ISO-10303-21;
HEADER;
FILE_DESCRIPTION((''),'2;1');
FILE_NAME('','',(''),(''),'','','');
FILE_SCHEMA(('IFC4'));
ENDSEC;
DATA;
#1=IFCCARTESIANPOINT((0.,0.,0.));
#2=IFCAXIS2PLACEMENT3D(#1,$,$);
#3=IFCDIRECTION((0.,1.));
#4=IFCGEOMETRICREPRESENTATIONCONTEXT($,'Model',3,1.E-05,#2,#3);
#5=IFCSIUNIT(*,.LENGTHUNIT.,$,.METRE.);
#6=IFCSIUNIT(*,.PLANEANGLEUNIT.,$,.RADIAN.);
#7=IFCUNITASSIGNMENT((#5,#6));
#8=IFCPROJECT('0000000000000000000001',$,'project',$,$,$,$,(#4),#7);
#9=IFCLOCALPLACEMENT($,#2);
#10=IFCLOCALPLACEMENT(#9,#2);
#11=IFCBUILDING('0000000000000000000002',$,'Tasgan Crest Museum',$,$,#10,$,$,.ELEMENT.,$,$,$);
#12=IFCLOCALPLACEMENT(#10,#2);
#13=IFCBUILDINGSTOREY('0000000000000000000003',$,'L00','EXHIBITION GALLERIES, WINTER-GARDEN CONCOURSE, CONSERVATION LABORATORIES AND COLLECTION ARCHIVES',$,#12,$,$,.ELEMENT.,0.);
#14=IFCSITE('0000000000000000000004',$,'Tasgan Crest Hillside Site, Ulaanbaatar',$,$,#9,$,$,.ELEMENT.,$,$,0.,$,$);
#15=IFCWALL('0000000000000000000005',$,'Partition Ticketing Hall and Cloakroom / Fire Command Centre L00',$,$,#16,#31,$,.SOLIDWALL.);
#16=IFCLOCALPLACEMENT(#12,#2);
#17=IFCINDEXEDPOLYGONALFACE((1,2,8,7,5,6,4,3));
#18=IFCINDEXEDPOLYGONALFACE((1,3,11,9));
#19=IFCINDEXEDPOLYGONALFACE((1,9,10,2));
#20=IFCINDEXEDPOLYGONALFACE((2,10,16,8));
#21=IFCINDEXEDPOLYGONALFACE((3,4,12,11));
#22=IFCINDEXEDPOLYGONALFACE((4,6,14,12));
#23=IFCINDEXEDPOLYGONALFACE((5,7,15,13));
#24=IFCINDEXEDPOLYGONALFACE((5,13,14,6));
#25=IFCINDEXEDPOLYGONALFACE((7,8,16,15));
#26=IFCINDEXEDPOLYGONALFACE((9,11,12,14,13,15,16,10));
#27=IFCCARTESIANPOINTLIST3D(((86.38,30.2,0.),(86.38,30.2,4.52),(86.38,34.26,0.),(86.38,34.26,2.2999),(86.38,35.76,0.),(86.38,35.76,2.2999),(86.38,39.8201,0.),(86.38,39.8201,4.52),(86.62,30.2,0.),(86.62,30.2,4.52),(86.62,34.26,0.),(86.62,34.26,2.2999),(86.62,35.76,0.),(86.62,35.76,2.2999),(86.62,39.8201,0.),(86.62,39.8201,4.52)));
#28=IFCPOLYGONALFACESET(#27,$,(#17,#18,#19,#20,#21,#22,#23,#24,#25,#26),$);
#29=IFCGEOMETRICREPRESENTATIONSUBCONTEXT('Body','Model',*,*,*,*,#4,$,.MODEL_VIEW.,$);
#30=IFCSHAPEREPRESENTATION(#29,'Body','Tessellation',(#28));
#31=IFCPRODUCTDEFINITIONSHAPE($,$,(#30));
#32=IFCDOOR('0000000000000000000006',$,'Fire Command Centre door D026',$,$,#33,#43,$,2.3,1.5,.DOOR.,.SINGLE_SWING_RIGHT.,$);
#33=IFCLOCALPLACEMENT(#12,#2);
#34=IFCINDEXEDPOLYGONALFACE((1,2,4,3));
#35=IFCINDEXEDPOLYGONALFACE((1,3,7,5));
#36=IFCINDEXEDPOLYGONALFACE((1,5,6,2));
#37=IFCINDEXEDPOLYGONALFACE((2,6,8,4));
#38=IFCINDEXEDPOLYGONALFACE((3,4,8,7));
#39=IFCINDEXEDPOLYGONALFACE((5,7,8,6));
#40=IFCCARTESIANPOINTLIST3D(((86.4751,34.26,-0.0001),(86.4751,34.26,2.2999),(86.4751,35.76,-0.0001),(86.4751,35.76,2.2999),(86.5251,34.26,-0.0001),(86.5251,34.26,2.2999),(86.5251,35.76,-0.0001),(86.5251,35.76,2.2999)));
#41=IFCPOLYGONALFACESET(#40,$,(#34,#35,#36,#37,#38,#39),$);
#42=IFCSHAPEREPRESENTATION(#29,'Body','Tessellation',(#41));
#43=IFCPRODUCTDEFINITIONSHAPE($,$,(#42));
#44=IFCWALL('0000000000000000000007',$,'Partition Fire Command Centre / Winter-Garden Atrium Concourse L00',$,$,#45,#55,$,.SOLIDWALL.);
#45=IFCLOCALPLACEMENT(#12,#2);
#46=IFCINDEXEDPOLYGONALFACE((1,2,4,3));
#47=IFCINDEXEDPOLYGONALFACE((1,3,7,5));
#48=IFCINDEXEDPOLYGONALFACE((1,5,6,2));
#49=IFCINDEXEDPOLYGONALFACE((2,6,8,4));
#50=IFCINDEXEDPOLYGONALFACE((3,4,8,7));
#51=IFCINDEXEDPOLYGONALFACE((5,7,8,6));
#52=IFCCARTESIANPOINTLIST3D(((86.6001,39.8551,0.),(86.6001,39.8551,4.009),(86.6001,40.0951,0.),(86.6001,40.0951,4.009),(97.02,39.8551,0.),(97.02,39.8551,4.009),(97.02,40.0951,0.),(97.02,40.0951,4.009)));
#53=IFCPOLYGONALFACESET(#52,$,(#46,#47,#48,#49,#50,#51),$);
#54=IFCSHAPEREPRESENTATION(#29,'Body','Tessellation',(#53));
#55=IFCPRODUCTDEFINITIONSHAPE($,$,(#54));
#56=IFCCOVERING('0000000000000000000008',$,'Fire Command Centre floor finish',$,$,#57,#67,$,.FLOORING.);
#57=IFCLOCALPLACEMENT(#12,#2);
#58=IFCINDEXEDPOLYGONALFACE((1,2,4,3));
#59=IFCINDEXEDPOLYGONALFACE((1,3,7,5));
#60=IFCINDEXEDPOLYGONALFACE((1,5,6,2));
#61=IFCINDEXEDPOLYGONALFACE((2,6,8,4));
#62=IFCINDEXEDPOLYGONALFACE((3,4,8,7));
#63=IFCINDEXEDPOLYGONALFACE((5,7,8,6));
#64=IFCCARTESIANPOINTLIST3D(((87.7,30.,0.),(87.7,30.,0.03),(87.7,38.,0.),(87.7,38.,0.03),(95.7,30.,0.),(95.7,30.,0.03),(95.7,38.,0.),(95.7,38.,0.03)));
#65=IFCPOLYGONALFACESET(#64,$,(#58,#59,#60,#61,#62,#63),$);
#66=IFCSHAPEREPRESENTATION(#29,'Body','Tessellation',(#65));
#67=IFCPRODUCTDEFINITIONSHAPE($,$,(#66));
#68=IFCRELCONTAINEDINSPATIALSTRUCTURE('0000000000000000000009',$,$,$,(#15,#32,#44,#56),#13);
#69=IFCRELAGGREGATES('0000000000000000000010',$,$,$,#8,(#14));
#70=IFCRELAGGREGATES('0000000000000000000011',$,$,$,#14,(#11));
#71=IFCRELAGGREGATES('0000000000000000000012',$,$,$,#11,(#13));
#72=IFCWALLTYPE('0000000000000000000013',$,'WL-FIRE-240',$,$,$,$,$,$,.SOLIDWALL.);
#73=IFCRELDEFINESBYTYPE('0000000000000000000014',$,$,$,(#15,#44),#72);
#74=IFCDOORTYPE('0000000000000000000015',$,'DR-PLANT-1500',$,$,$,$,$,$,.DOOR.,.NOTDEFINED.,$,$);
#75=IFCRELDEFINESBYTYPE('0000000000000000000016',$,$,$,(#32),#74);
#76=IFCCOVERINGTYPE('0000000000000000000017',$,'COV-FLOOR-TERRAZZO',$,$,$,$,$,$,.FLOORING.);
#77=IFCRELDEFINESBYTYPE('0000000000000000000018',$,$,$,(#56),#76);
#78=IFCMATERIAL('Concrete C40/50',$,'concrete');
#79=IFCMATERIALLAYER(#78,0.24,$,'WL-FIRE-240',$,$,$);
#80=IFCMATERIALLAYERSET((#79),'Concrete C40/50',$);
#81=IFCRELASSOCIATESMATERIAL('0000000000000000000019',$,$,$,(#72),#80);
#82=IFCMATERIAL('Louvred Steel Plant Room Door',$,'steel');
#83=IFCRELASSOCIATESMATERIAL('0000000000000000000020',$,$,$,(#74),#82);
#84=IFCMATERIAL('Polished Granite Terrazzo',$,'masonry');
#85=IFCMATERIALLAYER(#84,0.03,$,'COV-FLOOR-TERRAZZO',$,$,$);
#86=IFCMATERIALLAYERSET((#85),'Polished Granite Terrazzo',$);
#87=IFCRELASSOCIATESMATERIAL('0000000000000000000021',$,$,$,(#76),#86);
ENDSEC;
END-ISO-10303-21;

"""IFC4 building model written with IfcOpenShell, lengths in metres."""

from ifc_helpers import new_model, si_unit, direction, frame, frame_2d, origin, origin_2d, place, context, subcontext, project, spatial, rectangle, extrude, material, layer, layer_set, type_object, element, fill, save


model = new_model("IFC4")

# Units and contexts
model_context = context("Model", 3, precision=1e-05, world=origin(), true_north=direction((0.0, 1.0)))
body_context = subcontext(model_context, "Body", "Model", "MODEL_VIEW")
ifc_project = project(units=[si_unit("LENGTHUNIT", "METRE"), si_unit("PLANEANGLEUNIT", "RADIAN")], contexts=[model_context])

# Site, building, storey
site_placement = place(None, origin())
site = spatial("IfcSite", under=ifc_project, at=site_placement, Name="Tasgan Crest Hillside Site, Ulaanbaatar", CompositionType="ELEMENT", RefElevation=0.0)
building_placement = place(site_placement, origin())
building = spatial("IfcBuilding", under=site, at=building_placement, Name="Tasgan Crest Museum", CompositionType="ELEMENT")
storey_placement = place(building_placement, origin())
storey = spatial("IfcBuildingStorey", under=building, at=storey_placement, Name="L00", Description="EXHIBITION GALLERIES, WINTER-GARDEN CONCOURSE, CONSERVATION LABORATORIES AND COLLECTION ARCHIVES", CompositionType="ELEMENT", Elevation=0.0)

# Wall, opening, door
ifc_material_1 = material(Name="Concrete C40/50", Category="concrete")
ifc_layer_1 = layer(ifc_material_1, 0.24, Name="WL-FIRE-240")
ifc_layer_set_1 = layer_set([ifc_layer_1], Name="Concrete C40/50")
wall_type_1 = type_object("IfcWallType", Name="WL-FIRE-240", PredefinedType="SOLIDWALL", material=ifc_layer_set_1)
wall_1_placement = place(storey_placement, frame((86.5, 30.2, 0.0), z_axis=(0.0, 0.0, 1.0), x_axis=(0.0, 1.0, 0.0)))
wall_1 = element("IfcWall", 1, at=wall_1_placement, inside=storey, type_object=wall_type_1, Name="Partition Ticketing Hall and Cloakroom / Fire Command Centre L00", PredefinedType="SOLIDWALL", context=body_context, shape_type="SweptSolid", body=[
    extrude(rectangle(XDim=9.6201, YDim=0.24, at=frame_2d((4.8101, 0.0))), origin(), (0.0, 0.0, 1.0), 4.52),
])
opening_placement = place(wall_1_placement, frame((4.0601, 0.0, 0.0)))
opening = element("IfcOpeningElement", 2, at=opening_placement, cuts=wall_1, PredefinedType="OPENING", context=body_context, shape_type="SweptSolid", body=[
    extrude(rectangle(XDim=1.5, YDim=2.3, at=frame_2d((0.75, 1.1499))), frame((0.0, 0.1299, 0.0), z_axis=(0.0, -1.0, 0.0), x_axis=(1.0, 0.0, 0.0)), (0.0, 0.0, 1.0), 0.26),
])
ifc_material_2 = material(Name="Louvred Steel Plant Room Door", Category="steel")
door_type = type_object("IfcDoorType", Name="DR-PLANT-1500", OperationType="NOTDEFINED", PredefinedType="DOOR", material=ifc_material_2)
door_placement = place(opening_placement, origin())
door = element("IfcDoor", 3, at=door_placement, inside=storey, type_object=door_type, Name="Fire Command Centre door D026", OperationType="SINGLE_SWING_RIGHT", OverallHeight=2.3, OverallWidth=1.5, PredefinedType="DOOR", context=body_context, shape_type="SweptSolid", body=[
    extrude(rectangle(XDim=1.5, YDim=2.3, at=frame_2d((0.75, 1.1499))), frame((0.0, 0.0249, 0.0), z_axis=(0.0, -1.0, 0.0), x_axis=(1.0, 0.0, 0.0)), (0.0, 0.0, 1.0), 0.05),
])
fill(opening, door)

# Wall
wall_2_placement = place(storey_placement, frame((86.6001, 39.9751, 0.0), z_axis=(0.0, 0.0, 1.0), x_axis=(1.0, 0.0, 0.0)))
element("IfcWall", 4, at=wall_2_placement, inside=storey, type_object=wall_type_1, Name="Partition Fire Command Centre / Winter-Garden Atrium Concourse L00", PredefinedType="SOLIDWALL", context=body_context, shape_type="SweptSolid", body=[
    extrude(rectangle(XDim=10.4199, YDim=0.24, at=frame_2d((5.21, 0.0))), origin(), (0.0, 0.0, 1.0), 4.009),
])

# Covering
ifc_material_3 = material(Name="Polished Granite Terrazzo", Category="masonry")
ifc_layer_2 = layer(ifc_material_3, 0.03, Name="COV-FLOOR-TERRAZZO")
ifc_layer_set_2 = layer_set([ifc_layer_2], Name="Polished Granite Terrazzo")
covering_type = type_object("IfcCoveringType", Name="COV-FLOOR-TERRAZZO", PredefinedType="FLOORING", material=ifc_layer_set_2)
covering_placement = place(storey_placement, frame((91.7, 34.0, 0.0), z_axis=(0.0, 0.0, 1.0), x_axis=(1.0, 0.0, 0.0)))
element("IfcCovering", 5, at=covering_placement, inside=storey, type_object=covering_type, Name="Fire Command Centre floor finish", PredefinedType="FLOORING", context=body_context, shape_type="SweptSolid", body=[
    extrude(rectangle(XDim=8.0, YDim=8.0, at=origin_2d()), origin(), (0.0, 0.0, 1.0), 0.03),
])

save(model, "model.ifc")
